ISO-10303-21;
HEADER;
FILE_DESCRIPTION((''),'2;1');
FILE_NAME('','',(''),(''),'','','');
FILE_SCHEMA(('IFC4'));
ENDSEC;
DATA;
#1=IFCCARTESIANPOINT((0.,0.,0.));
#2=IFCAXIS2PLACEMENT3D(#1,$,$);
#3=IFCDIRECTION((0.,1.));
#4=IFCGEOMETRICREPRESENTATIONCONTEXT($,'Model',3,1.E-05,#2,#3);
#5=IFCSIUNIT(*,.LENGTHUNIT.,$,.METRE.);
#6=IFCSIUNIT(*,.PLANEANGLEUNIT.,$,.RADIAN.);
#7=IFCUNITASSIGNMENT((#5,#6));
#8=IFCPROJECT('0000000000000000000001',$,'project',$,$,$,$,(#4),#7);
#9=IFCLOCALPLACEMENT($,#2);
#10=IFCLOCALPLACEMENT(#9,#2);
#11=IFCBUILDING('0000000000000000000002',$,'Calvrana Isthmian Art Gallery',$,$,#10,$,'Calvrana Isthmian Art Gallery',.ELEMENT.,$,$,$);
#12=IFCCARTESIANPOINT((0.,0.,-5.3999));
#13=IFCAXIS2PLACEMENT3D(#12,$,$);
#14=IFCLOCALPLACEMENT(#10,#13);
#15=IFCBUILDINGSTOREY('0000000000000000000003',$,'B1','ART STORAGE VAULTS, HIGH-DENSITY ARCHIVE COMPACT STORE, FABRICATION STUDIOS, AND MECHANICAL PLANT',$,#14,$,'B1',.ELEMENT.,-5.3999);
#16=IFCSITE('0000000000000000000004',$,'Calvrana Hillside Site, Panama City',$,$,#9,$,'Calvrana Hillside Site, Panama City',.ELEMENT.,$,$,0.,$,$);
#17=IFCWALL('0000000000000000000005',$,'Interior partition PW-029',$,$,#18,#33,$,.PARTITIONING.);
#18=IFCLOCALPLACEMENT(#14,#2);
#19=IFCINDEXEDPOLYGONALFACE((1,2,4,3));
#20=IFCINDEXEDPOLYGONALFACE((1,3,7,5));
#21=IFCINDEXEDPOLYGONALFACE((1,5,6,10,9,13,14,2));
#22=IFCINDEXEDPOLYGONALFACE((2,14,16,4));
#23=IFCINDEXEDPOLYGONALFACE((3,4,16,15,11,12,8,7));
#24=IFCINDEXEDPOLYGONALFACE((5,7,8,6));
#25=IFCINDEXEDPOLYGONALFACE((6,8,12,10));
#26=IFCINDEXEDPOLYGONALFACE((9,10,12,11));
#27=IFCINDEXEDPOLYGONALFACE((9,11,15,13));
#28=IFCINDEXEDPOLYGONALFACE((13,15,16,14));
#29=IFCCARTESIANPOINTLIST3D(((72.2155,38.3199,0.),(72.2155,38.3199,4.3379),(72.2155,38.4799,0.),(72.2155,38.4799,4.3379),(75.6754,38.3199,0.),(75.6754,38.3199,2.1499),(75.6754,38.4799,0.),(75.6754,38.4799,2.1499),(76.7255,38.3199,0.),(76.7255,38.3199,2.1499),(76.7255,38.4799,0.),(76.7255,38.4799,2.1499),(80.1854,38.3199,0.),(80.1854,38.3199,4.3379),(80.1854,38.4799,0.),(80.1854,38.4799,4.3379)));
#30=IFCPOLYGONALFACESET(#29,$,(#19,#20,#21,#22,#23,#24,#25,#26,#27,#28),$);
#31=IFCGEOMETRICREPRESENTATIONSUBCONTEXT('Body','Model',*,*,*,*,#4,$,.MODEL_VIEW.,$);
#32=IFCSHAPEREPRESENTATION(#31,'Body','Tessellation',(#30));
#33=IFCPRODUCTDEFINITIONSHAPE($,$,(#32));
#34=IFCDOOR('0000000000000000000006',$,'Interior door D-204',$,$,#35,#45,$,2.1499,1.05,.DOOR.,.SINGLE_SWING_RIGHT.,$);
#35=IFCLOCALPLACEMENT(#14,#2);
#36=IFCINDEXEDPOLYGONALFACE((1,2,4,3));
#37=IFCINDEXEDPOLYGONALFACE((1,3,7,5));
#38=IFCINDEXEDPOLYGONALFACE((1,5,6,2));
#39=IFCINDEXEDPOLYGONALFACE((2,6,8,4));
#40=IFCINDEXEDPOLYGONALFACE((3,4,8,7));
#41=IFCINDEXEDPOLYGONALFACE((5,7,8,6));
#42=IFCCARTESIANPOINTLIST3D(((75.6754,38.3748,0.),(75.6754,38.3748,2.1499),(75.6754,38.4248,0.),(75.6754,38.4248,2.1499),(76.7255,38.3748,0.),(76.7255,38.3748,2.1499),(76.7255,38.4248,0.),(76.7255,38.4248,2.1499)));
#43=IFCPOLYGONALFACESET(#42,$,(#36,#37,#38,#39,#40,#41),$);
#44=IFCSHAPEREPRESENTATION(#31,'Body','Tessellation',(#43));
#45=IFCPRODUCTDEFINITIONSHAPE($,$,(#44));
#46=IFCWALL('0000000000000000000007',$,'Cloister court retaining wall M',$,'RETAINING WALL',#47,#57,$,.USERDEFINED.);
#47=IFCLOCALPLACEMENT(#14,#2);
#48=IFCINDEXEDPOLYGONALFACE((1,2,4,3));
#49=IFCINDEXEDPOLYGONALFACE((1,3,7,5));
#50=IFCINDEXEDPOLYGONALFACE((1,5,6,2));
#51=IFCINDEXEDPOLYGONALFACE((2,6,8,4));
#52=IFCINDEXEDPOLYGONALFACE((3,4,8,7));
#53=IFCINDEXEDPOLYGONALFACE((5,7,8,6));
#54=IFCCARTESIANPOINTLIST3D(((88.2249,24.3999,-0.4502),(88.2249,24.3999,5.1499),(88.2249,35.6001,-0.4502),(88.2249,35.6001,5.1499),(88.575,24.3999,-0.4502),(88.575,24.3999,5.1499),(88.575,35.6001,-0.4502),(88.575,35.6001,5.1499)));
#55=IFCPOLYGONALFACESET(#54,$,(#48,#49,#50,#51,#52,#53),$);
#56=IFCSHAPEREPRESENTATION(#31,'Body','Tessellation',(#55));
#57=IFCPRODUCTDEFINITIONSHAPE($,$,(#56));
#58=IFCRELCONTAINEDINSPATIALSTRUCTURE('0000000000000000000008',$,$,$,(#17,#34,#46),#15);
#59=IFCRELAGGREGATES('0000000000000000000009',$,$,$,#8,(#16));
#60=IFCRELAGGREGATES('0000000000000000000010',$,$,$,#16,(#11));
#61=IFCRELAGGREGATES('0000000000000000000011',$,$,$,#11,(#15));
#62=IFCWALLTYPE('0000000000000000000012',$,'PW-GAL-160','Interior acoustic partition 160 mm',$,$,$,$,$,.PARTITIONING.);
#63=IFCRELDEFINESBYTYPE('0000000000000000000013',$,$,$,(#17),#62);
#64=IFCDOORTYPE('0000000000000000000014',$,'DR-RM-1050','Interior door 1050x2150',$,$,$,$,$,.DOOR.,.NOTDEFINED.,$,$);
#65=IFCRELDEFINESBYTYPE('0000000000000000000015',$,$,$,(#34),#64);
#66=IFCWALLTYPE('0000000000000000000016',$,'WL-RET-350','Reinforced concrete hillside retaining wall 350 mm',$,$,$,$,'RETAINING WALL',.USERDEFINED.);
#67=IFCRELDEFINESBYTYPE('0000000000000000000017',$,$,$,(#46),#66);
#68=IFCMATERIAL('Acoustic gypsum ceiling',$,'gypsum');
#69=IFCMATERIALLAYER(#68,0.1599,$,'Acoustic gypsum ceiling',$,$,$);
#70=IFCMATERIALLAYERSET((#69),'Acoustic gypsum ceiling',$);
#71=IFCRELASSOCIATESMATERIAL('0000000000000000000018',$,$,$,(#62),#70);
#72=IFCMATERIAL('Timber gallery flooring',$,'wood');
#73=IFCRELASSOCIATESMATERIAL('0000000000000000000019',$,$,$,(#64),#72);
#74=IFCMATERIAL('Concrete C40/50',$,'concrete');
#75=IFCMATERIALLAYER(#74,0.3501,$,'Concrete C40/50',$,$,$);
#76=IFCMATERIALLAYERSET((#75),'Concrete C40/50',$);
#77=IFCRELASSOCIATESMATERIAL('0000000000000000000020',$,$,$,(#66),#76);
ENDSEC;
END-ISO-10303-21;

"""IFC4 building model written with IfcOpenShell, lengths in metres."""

from ifc_helpers import new_model, si_unit, direction, frame, frame_2d, origin, place, context, subcontext, project, spatial, rectangle, extrude, material, layer, layer_set, type_object, element, fill, save


model = new_model("IFC4")

# Units and contexts
model_context = context("Model", 3, precision=1e-05, world=origin(), true_north=direction((0.0, 1.0)))
body_context = subcontext(model_context, "Body", "Model", "MODEL_VIEW")
ifc_project = project(units=[si_unit("LENGTHUNIT", "METRE"), si_unit("PLANEANGLEUNIT", "RADIAN")], contexts=[model_context])

# Site, building, storey
site_placement = place(None, origin())
site = spatial("IfcSite", under=ifc_project, at=site_placement, Name="Calvrana Hillside Site, Panama City", LongName="Calvrana Hillside Site, Panama City", CompositionType="ELEMENT", RefElevation=0.0)
building_placement = place(site_placement, origin())
building = spatial("IfcBuilding", under=site, at=building_placement, Name="Calvrana Isthmian Art Gallery", LongName="Calvrana Isthmian Art Gallery", CompositionType="ELEMENT")
storey_placement = place(building_placement, frame((0.0, 0.0, -5.3999)))
storey = spatial("IfcBuildingStorey", under=building, at=storey_placement, Name="B1", Description="ART STORAGE VAULTS, HIGH-DENSITY ARCHIVE COMPACT STORE, FABRICATION STUDIOS, AND MECHANICAL PLANT", LongName="B1", CompositionType="ELEMENT", Elevation=-5.3999)

# Wall, opening, door
ifc_material_1 = material(Name="Acoustic gypsum ceiling", Category="gypsum")
ifc_layer_1 = layer(ifc_material_1, 0.1599, Name="Acoustic gypsum ceiling")
ifc_layer_set_1 = layer_set([ifc_layer_1], Name="Acoustic gypsum ceiling")
wall_type_1 = type_object("IfcWallType", Name="PW-GAL-160", Description="Interior acoustic partition 160 mm", PredefinedType="PARTITIONING", material=ifc_layer_set_1)
wall_1_placement = place(storey_placement, frame((72.2156, 38.3999, 0.0), z_axis=(0.0, 0.0, 1.0), x_axis=(1.0, 0.0, 0.0)))
wall_1 = element("IfcWall", 1, at=wall_1_placement, inside=storey, type_object=wall_type_1, Name="Interior partition PW-029", PredefinedType="PARTITIONING", context=body_context, shape_type="SweptSolid", body=[
    extrude(rectangle(XDim=7.97, YDim=0.1599, at=frame_2d((3.9849, 0.0))), origin(), (0.0, 0.0, 1.0), 4.3379),
])
opening_1_placement = place(wall_1_placement, frame((3.46, 0.0, 0.0)))
opening_1 = element("IfcOpeningElement", 2, at=opening_1_placement, cuts=wall_1, PredefinedType="OPENING", context=body_context, shape_type="SweptSolid", body=[
    extrude(rectangle(XDim=1.05, YDim=2.1499, at=frame_2d((0.5249, 1.075))), frame((0.0, 0.0903, 0.0), z_axis=(0.0, -1.0, 0.0), x_axis=(1.0, 0.0, 0.0)), (0.0, 0.0, 1.0), 0.1804),
])
ifc_material_2 = material(Name="Timber gallery flooring", Category="wood")
door_type_1 = type_object("IfcDoorType", Name="DR-RM-1050", Description="Interior door 1050x2150", OperationType="NOTDEFINED", PredefinedType="DOOR", material=ifc_material_2)
door_1_placement = place(opening_1_placement, origin())
door_1 = element("IfcDoor", 3, at=door_1_placement, inside=storey, type_object=door_type_1, Name="Interior door D-204", OperationType="SINGLE_SWING_RIGHT", OverallHeight=2.1499, OverallWidth=1.05, PredefinedType="DOOR", context=body_context, shape_type="SweptSolid", body=[
    extrude(rectangle(XDim=1.05, YDim=2.1499, at=frame_2d((0.5249, 1.075))), frame((0.0, 0.0249, 0.0), z_axis=(0.0, -1.0, 0.0), x_axis=(1.0, 0.0, 0.0)), (0.0, 0.0, 1.0), 0.05),
])
fill(opening_1, door_1)

# Wall
ifc_material_3 = material(Name="Concrete C40/50", Category="concrete")
ifc_layer_2 = layer(ifc_material_3, 0.3501, Name="Concrete C40/50")
ifc_layer_set_2 = layer_set([ifc_layer_2], Name="Concrete C40/50")
wall_type_2 = type_object("IfcWallType", Name="WL-RET-350", Description="Reinforced concrete hillside retaining wall 350 mm", ElementType="RETAINING WALL", PredefinedType="USERDEFINED", material=ifc_layer_set_2)
wall_2_placement = place(storey_placement, frame((88.3999, 24.3999, -0.4502), z_axis=(0.0, 0.0, 1.0), x_axis=(0.0, 1.0, 0.0)))
element("IfcWall", 4, at=wall_2_placement, inside=storey, type_object=wall_type_2, Name="Cloister court retaining wall M", ObjectType="RETAINING WALL", PredefinedType="USERDEFINED", context=body_context, shape_type="SweptSolid", body=[
    extrude(rectangle(XDim=11.2002, YDim=0.3501, at=frame_2d((5.6001, 0.0))), origin(), (0.0, 0.0, 1.0), 5.6001),
])

save(model, "model.ifc")
